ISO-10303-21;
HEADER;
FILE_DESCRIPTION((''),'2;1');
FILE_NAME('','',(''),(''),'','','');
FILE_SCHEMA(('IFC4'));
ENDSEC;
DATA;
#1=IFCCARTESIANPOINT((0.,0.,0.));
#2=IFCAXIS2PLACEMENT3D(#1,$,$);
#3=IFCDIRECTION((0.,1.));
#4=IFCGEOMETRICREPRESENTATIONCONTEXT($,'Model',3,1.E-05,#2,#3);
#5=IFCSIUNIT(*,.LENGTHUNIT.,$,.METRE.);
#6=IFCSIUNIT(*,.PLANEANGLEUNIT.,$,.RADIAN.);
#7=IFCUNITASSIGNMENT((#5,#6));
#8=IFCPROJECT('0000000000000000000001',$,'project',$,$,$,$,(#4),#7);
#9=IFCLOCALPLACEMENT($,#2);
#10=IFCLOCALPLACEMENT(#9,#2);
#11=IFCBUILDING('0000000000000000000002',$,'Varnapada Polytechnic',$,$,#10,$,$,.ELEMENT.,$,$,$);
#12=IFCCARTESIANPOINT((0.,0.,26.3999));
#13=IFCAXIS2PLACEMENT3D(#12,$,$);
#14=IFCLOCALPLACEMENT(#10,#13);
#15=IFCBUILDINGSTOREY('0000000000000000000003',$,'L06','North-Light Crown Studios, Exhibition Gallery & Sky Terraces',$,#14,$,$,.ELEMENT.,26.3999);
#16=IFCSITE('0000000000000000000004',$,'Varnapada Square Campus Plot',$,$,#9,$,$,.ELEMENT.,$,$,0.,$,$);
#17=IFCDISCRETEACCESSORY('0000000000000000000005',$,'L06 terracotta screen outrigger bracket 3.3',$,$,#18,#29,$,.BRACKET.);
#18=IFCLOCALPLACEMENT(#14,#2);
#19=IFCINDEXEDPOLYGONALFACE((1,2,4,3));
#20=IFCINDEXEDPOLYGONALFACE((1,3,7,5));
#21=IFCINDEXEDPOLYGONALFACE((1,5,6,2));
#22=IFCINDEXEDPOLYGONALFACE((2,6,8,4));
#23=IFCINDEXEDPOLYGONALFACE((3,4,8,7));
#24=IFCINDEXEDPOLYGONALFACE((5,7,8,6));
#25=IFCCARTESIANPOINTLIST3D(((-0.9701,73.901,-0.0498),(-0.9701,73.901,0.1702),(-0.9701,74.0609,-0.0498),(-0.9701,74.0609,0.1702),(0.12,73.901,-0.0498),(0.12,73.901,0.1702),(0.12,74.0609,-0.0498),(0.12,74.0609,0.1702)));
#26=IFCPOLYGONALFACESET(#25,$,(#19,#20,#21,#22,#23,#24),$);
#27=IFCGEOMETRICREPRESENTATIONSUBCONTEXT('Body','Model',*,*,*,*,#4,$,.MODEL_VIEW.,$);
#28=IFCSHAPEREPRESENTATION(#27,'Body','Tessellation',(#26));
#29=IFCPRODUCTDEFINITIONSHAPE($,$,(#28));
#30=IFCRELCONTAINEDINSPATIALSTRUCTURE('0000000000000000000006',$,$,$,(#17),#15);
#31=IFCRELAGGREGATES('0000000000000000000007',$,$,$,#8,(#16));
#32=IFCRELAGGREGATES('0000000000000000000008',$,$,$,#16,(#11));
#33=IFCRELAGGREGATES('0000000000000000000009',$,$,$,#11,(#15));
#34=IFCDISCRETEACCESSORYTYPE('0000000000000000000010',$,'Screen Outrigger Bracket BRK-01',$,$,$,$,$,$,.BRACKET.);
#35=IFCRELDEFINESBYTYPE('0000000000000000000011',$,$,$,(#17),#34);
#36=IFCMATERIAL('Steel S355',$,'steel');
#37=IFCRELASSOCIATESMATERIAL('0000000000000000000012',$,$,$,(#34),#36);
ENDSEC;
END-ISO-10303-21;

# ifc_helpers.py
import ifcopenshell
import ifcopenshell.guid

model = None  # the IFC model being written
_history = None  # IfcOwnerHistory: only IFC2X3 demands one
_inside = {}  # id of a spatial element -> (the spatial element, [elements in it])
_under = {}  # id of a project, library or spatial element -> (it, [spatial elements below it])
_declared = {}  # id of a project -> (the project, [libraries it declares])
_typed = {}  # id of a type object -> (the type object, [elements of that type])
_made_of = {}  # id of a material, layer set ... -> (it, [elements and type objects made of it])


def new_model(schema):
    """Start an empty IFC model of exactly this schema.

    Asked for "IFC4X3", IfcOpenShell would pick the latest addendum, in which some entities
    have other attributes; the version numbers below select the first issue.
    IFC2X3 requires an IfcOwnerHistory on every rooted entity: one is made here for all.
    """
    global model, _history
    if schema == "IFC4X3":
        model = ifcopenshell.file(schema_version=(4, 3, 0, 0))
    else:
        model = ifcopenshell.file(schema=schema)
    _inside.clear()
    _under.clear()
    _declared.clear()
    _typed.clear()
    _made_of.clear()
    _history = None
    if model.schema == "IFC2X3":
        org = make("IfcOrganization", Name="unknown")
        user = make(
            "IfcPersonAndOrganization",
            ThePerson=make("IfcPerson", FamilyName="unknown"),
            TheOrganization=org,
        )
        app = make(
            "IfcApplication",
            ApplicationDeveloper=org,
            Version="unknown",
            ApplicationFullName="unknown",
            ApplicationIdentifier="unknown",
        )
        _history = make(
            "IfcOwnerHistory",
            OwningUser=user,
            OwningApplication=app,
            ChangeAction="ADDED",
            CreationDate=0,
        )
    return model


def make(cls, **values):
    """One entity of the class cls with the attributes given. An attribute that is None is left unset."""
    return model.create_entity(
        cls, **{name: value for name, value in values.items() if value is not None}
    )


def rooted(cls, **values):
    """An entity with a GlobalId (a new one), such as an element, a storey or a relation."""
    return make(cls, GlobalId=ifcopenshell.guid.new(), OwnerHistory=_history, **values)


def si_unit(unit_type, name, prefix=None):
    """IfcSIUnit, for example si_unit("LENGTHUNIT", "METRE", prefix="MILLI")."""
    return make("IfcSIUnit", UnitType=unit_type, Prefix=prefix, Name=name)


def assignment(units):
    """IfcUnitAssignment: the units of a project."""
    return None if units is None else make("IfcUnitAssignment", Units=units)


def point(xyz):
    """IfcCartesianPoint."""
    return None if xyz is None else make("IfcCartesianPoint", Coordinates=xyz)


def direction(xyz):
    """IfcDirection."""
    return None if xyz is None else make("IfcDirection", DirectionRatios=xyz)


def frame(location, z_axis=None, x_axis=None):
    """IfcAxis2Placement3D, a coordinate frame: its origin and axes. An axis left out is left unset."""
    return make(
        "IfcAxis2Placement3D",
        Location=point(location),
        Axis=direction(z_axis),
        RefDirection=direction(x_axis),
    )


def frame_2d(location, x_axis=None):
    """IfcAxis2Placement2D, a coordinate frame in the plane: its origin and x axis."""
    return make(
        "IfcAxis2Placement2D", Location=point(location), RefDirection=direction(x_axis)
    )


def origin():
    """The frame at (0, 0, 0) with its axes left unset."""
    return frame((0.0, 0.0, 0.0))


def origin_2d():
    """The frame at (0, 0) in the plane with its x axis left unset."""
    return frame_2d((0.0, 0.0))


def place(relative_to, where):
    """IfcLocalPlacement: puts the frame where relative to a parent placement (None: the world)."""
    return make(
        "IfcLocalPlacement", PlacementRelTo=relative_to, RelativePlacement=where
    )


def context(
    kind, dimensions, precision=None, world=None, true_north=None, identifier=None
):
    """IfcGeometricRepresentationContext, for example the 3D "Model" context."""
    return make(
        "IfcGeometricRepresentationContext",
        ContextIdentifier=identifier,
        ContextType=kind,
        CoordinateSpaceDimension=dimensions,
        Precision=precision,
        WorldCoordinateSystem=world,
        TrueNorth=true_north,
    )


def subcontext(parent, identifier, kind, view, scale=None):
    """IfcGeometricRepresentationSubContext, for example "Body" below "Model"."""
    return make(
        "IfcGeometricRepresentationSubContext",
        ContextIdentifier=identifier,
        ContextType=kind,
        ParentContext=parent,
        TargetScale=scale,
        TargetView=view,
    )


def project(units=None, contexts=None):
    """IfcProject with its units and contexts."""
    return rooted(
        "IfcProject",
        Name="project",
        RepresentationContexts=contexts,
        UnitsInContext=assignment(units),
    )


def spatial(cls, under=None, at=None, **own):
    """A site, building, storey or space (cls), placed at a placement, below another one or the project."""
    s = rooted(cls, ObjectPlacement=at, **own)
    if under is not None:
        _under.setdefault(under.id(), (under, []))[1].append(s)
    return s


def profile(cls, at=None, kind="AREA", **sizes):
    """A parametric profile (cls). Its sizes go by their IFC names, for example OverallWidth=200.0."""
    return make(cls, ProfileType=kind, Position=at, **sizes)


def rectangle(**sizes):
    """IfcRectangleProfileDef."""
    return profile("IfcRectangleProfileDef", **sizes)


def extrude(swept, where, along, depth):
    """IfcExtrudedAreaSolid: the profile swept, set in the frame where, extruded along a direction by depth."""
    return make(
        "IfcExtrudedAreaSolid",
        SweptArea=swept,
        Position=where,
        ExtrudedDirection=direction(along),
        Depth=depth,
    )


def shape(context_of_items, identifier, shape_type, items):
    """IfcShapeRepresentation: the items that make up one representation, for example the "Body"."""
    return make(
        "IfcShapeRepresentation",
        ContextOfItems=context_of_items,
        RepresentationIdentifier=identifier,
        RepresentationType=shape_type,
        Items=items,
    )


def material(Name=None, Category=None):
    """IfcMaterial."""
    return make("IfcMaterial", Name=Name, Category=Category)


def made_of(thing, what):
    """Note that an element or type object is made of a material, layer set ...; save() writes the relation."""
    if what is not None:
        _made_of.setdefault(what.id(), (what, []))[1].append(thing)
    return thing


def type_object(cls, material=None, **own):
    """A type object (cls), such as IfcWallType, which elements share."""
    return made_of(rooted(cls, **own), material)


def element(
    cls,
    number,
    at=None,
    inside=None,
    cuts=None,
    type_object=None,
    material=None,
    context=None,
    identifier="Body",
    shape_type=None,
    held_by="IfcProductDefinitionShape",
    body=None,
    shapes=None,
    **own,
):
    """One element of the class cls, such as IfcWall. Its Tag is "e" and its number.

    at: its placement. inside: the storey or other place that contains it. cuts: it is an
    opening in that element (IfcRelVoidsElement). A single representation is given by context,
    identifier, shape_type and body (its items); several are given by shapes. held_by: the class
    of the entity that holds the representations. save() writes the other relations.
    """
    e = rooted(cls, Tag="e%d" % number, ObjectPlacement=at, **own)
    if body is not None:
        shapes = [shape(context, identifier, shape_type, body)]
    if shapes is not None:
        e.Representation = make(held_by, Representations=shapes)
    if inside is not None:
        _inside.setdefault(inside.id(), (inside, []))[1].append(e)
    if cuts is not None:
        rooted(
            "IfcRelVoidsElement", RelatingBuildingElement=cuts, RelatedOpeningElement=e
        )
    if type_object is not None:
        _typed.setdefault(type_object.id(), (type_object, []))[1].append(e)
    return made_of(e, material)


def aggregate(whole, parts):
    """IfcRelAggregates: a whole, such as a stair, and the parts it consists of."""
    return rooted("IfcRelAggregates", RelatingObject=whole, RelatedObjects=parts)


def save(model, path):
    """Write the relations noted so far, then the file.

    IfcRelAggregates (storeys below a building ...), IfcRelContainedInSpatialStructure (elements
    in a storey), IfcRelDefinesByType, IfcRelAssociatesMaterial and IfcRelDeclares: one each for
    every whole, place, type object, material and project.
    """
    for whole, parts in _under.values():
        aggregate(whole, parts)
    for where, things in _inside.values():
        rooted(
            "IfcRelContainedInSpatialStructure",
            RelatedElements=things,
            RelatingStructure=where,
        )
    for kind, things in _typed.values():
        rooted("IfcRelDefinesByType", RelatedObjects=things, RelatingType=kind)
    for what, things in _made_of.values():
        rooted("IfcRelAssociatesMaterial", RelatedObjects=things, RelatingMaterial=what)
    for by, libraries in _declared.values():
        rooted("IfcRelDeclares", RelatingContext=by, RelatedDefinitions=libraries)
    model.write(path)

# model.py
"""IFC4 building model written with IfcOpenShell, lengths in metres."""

from ifc_helpers import new_model, si_unit, direction, frame, origin, origin_2d, place, context, subcontext, project, spatial, rectangle, extrude, material, type_object, element, save


model = new_model("IFC4")

# Units and contexts
model_context = context("Model", 3, precision=1e-05, world=origin(), true_north=direction((0.0, 1.0)))
body_context = subcontext(model_context, "Body", "Model", "MODEL_VIEW")
ifc_project = project(units=[si_unit("LENGTHUNIT", "METRE"), si_unit("PLANEANGLEUNIT", "RADIAN")], contexts=[model_context])

# Site, building, storey
site_placement = place(None, origin())
site = spatial("IfcSite", under=ifc_project, at=site_placement, Name="Varnapada Square Campus Plot", CompositionType="ELEMENT", RefElevation=0.0)
building_placement = place(site_placement, origin())
building = spatial("IfcBuilding", under=site, at=building_placement, Name="Varnapada Polytechnic", CompositionType="ELEMENT")
storey_placement = place(building_placement, frame((0.0, 0.0, 26.3999)))
storey = spatial("IfcBuildingStorey", under=building, at=storey_placement, Name="L06", Description="North-Light Crown Studios, Exhibition Gallery & Sky Terraces", CompositionType="ELEMENT", Elevation=26.3999)

# Discrete accessory
ifc_material_1 = material(Name="Steel S355", Category="steel")
discrete_accessory_type = type_object("IfcDiscreteAccessoryType", Name="Screen Outrigger Bracket BRK-01", PredefinedType="BRACKET", material=ifc_material_1)
for number, where, z_axis, x_axis, name in (
    (1, (-0.425, 73.981, -0.0498), (0.0, 0.0, 1.0), (0.0, 1.0, 0.0), "L06 terracotta screen outrigger bracket 3.3"),
):
    element("IfcDiscreteAccessory", number, at=place(storey_placement, frame(where, z_axis=z_axis, x_axis=x_axis)), inside=storey, type_object=discrete_accessory_type, Name=name, PredefinedType="BRACKET", context=body_context, shape_type="SweptSolid", body=[
        extrude(rectangle(XDim=0.1599, YDim=1.0901, at=origin_2d()), origin(), (0.0, 0.0, 1.0), 0.22),
    ])

save(model, "model.ifc")
